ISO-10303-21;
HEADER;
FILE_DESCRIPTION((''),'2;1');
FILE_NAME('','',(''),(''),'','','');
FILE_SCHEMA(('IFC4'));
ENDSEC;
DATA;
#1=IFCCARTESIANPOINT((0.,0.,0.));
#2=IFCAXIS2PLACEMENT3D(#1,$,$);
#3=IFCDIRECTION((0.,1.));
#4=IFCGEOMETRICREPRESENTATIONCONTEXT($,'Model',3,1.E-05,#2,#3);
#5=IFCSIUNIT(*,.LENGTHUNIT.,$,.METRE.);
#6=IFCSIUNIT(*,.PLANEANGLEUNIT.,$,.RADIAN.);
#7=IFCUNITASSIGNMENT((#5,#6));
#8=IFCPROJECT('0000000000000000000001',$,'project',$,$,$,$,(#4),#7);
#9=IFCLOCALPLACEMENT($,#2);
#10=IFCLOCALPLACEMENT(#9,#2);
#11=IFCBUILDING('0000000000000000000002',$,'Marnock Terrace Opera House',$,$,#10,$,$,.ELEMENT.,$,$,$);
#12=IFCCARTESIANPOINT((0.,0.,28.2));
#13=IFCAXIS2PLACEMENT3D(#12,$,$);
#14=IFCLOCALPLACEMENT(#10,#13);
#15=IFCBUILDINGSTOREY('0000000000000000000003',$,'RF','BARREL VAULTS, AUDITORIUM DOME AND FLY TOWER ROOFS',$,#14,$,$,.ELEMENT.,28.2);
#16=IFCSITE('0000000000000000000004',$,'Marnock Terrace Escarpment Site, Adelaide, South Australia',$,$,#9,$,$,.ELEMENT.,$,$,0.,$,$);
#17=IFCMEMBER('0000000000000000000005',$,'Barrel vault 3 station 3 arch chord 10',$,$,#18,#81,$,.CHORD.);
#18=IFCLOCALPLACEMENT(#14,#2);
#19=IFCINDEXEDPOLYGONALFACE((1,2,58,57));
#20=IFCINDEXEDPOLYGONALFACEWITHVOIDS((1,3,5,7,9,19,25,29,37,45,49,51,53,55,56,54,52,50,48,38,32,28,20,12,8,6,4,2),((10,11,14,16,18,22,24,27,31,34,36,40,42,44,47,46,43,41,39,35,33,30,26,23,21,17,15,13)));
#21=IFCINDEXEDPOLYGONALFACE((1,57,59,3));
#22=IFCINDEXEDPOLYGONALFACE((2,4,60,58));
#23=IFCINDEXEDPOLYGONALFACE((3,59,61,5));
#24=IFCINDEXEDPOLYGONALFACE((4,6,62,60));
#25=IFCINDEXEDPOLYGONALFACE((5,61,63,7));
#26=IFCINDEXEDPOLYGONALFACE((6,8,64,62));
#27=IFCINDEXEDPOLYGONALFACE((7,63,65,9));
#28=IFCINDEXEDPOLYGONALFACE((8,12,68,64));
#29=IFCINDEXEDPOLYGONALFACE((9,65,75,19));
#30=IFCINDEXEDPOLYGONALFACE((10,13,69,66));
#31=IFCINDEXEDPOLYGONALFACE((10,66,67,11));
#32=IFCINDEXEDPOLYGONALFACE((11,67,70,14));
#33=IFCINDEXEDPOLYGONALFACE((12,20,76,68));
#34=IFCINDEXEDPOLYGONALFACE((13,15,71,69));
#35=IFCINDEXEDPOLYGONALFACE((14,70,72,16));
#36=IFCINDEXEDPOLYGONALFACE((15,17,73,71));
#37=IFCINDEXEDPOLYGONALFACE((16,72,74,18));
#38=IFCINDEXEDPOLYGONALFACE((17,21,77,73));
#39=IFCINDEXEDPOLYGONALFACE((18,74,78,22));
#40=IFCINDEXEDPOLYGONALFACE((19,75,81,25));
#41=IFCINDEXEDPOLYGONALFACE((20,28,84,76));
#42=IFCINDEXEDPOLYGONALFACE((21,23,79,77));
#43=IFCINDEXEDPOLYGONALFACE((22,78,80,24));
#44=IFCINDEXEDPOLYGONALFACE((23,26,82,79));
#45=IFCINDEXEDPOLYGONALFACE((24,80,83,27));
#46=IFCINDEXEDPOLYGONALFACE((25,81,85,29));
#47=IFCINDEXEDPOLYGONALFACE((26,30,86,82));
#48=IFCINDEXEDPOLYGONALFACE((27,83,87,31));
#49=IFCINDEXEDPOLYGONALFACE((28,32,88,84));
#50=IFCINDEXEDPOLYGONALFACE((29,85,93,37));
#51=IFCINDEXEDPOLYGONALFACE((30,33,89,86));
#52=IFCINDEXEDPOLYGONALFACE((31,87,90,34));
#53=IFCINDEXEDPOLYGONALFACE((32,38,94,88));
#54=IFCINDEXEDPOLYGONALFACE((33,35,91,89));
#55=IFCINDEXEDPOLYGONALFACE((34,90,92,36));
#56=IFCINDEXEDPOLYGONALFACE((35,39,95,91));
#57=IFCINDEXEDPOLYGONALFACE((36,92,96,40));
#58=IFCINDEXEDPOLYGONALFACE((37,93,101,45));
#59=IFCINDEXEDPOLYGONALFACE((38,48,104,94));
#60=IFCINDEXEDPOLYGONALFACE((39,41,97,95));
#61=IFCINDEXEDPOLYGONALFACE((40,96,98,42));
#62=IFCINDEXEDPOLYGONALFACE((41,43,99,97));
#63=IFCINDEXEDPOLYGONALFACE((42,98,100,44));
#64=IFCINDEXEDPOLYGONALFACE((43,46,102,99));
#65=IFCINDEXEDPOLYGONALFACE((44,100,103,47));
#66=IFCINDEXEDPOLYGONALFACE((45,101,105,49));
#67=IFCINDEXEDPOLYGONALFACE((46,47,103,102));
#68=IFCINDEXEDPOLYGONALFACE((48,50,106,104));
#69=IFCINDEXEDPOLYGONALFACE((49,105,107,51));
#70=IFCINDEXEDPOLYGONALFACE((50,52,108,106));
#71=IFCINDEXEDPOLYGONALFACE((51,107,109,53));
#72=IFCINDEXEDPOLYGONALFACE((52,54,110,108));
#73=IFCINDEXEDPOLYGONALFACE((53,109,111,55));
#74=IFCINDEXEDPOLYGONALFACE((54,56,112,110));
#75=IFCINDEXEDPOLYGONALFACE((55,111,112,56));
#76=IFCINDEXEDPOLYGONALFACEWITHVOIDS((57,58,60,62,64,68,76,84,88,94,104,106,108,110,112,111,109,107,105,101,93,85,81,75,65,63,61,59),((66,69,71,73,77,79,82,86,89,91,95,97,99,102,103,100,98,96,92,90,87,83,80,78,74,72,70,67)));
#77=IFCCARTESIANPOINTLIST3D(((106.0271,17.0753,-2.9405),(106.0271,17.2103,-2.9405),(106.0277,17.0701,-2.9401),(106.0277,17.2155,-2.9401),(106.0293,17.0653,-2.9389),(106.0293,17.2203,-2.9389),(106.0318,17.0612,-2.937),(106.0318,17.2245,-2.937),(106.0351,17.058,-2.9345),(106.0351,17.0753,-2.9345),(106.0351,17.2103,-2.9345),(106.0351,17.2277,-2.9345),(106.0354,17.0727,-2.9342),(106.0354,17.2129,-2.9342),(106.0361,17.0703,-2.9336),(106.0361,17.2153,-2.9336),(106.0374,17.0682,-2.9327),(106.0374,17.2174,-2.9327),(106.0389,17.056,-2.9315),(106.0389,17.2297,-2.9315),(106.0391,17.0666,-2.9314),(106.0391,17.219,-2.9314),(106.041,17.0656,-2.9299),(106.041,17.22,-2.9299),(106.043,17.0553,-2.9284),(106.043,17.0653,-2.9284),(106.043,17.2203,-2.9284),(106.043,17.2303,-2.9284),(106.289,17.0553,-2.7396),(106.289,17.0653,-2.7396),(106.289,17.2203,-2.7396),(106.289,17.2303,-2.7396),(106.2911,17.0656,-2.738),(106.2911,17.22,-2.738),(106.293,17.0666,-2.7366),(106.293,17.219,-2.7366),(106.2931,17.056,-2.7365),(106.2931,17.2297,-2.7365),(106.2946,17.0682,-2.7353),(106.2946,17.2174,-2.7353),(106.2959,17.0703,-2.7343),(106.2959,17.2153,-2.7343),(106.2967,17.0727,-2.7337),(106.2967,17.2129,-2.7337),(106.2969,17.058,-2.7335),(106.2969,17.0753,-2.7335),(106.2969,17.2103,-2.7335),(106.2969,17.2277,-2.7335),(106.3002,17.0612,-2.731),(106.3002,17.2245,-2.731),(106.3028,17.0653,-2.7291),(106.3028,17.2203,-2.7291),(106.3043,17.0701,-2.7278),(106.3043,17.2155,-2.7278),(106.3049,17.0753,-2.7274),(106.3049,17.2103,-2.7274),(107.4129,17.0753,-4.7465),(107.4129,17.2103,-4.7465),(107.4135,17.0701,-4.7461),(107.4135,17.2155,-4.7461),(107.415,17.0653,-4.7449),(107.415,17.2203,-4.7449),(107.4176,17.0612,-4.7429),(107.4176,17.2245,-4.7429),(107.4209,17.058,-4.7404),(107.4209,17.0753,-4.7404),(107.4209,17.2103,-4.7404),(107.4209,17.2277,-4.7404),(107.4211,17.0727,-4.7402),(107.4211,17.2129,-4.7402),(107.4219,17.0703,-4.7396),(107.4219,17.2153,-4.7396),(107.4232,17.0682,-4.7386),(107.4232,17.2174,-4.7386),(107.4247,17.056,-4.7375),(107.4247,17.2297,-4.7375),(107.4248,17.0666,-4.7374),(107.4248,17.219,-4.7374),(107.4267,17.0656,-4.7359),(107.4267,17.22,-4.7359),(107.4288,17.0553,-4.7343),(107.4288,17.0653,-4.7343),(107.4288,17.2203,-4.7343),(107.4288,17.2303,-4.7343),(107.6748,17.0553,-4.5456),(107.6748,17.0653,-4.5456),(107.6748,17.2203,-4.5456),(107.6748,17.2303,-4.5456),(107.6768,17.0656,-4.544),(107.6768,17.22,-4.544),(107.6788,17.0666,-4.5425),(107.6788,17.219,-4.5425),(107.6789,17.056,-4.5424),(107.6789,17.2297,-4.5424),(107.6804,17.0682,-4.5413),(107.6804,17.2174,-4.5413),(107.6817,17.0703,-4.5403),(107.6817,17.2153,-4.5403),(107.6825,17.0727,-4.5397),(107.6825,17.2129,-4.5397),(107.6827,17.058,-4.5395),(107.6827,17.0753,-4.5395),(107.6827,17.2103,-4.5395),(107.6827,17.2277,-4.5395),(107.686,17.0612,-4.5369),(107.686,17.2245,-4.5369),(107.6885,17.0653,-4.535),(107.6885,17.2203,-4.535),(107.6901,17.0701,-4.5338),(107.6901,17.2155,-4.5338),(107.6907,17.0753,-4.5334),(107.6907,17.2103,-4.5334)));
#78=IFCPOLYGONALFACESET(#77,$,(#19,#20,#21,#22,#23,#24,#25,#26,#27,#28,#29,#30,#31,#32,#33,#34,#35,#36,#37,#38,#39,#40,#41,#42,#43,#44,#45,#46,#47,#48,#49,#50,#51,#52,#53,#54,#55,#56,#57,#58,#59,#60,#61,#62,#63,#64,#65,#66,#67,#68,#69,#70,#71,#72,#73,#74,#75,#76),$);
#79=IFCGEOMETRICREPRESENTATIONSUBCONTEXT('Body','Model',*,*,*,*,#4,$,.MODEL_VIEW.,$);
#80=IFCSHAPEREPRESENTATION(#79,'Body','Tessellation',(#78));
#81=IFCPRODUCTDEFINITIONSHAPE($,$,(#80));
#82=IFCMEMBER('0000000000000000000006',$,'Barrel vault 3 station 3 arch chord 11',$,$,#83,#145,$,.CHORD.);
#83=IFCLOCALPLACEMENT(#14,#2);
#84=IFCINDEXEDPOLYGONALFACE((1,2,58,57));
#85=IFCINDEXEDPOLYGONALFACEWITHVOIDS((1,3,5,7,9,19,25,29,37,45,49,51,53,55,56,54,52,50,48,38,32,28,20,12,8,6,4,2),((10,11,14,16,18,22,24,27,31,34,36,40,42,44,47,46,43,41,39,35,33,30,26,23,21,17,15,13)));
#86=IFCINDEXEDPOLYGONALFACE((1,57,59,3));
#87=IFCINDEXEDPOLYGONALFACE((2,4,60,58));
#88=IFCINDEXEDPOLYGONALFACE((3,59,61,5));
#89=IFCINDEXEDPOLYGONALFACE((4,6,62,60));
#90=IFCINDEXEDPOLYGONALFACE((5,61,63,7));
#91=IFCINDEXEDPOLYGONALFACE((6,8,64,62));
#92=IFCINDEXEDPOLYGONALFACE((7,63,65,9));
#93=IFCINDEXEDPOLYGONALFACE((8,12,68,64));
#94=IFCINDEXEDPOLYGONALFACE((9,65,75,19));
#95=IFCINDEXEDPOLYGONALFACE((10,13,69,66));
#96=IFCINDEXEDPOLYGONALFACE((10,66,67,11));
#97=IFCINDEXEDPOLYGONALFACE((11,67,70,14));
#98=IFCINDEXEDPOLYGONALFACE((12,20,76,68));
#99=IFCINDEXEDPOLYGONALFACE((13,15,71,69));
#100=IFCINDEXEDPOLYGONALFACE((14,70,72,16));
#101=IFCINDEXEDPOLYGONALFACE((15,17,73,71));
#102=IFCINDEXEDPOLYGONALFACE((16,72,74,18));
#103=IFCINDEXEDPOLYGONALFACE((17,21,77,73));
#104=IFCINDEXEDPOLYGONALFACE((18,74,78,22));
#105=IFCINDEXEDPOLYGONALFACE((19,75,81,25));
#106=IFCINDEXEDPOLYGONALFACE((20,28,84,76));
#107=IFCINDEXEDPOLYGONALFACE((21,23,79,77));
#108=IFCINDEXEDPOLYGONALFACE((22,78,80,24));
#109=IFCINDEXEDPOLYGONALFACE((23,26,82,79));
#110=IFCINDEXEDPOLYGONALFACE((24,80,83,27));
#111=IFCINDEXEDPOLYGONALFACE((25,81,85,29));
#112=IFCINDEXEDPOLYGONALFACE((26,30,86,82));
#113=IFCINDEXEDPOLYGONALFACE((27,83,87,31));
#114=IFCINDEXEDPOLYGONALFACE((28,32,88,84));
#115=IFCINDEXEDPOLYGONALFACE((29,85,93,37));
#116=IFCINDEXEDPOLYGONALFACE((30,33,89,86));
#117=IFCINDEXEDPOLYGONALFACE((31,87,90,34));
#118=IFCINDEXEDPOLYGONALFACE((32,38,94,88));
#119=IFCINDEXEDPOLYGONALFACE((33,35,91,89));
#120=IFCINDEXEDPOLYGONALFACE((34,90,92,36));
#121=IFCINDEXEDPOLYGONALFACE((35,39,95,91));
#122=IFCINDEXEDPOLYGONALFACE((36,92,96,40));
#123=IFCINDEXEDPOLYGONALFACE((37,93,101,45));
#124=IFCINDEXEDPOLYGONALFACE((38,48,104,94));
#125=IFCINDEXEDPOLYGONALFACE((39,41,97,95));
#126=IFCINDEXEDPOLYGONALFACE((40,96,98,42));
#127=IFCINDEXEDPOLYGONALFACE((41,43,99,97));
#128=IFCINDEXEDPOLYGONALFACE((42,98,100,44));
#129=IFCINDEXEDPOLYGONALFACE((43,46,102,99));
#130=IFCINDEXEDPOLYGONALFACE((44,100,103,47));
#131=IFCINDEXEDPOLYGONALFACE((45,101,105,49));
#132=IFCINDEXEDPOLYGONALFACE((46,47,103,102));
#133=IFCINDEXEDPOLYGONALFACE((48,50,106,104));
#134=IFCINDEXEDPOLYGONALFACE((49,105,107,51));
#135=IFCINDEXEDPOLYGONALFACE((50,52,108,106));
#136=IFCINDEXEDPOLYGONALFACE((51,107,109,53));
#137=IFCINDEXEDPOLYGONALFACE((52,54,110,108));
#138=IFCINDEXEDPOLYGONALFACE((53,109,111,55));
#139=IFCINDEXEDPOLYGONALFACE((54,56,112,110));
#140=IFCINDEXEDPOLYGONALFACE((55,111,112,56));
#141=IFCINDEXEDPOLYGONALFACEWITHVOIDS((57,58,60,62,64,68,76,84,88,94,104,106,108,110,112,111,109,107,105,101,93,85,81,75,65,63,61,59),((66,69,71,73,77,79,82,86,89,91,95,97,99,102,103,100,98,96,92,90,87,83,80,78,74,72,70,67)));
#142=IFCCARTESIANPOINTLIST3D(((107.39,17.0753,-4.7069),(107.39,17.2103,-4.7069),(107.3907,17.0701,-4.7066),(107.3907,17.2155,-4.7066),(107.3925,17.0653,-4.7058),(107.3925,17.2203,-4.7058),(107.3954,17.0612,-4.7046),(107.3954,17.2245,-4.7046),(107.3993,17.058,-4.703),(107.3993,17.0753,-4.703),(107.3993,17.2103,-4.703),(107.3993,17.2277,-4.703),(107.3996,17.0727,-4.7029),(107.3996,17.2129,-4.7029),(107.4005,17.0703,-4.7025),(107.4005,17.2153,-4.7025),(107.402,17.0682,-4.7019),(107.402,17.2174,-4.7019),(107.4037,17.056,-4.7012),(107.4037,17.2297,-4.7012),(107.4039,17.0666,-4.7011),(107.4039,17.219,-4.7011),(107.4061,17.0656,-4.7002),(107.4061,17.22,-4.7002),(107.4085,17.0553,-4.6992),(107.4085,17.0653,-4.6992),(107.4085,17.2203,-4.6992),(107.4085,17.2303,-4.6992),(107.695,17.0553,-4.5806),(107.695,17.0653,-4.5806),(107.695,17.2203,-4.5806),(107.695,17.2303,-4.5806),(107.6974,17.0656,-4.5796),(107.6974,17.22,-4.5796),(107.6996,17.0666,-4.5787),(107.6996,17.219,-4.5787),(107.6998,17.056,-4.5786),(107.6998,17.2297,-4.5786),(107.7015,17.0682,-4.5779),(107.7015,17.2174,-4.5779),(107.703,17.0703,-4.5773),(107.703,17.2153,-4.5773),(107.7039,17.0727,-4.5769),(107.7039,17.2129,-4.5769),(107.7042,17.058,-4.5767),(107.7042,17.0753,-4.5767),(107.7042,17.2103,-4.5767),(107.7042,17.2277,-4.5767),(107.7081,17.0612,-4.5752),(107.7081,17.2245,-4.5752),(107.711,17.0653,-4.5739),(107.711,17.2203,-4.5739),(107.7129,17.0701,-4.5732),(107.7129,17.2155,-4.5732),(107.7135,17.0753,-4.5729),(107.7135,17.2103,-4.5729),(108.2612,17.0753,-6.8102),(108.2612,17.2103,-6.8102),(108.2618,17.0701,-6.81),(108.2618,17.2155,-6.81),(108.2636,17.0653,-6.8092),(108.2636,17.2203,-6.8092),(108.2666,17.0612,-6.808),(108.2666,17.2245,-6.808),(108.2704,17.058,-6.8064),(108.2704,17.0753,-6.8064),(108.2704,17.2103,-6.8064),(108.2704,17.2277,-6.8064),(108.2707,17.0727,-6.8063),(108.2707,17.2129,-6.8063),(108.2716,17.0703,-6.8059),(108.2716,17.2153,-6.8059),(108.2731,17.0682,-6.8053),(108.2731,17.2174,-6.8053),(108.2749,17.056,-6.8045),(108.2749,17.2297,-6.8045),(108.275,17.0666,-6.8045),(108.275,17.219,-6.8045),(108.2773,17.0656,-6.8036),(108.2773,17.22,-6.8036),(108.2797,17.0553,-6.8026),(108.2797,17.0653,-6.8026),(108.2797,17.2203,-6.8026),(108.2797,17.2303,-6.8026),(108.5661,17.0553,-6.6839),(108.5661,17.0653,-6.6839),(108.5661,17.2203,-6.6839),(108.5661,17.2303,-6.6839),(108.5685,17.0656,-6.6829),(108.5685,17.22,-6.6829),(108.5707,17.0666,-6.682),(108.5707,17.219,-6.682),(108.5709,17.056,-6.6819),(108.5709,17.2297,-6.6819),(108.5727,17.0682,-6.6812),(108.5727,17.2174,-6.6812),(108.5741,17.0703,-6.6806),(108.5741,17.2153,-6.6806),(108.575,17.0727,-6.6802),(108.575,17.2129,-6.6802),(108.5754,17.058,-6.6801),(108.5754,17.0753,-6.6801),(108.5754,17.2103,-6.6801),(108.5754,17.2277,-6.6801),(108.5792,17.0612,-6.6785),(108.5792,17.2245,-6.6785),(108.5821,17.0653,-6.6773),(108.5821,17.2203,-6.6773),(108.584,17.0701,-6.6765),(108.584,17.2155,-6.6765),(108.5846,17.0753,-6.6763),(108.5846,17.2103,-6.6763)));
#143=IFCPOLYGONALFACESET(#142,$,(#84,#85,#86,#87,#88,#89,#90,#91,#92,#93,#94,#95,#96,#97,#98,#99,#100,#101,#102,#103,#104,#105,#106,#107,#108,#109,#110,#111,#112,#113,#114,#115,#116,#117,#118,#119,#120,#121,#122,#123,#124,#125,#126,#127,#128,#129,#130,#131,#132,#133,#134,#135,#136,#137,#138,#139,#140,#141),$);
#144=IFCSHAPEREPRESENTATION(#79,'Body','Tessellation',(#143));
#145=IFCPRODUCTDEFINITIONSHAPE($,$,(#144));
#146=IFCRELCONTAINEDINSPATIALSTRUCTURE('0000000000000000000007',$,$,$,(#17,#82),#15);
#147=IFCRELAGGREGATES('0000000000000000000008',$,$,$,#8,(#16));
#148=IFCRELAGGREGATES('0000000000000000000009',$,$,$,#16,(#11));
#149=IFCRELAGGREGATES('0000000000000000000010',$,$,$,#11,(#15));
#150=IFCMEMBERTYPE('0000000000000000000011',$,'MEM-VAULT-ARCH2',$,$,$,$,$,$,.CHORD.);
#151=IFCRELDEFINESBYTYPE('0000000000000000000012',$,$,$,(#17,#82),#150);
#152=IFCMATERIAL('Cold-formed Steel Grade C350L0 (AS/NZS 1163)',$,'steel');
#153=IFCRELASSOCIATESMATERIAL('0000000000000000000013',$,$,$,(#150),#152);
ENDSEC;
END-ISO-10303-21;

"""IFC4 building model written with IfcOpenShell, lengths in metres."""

from ifc_helpers import new_model, si_unit, direction, frame, origin, origin_2d, place, context, subcontext, project, spatial, hollow_rectangle, extrude, material, material_profile, profile_set, type_object, element, save


model = new_model("IFC4")

# Units and contexts
model_context = context("Model", 3, precision=1e-05, world=origin(), true_north=direction((0.0, 1.0)))
body_context = subcontext(model_context, "Body", "Model", "MODEL_VIEW")
ifc_project = project(units=[si_unit("LENGTHUNIT", "METRE"), si_unit("PLANEANGLEUNIT", "RADIAN")], contexts=[model_context])

# Site, building, storey
site_placement = place(None, origin())
site = spatial("IfcSite", under=ifc_project, at=site_placement, Name="Marnock Terrace Escarpment Site, Adelaide, South Australia", CompositionType="ELEMENT", RefElevation=0.0)
building_placement = place(site_placement, origin())
building = spatial("IfcBuilding", under=site, at=building_placement, Name="Marnock Terrace Opera House", CompositionType="ELEMENT")
storey_placement = place(building_placement, frame((0.0, 0.0, 28.2)))
storey = spatial("IfcBuildingStorey", under=building, at=storey_placement, Name="RF", Description="BARREL VAULTS, AUDITORIUM DOME AND FLY TOWER ROOFS", CompositionType="ELEMENT", Elevation=28.2)

# Members
ifc_material_1 = material(Name="Cold-formed Steel Grade C350L0 (AS/NZS 1163)", Category="steel")
ifc_material_profile_1 = material_profile(ifc_material_1, hollow_rectangle(XDim=0.175, YDim=0.3501, WallThickness=0.01, InnerFilletRadius=0.01, OuterFilletRadius=0.02, at=origin_2d()))
ifc_profile_set_1 = profile_set([ifc_material_profile_1], Name="Cold-formed Steel Grade C350L0 (AS/NZS 1163)")
member_type_1 = type_object("IfcMemberType", Name="MEM-VAULT-ARCH2", PredefinedType="CHORD", material=ifc_profile_set_1)
for number, where, z_axis, x_axis, name in (
    (1, (106.166, 17.1428, -2.834), (0.608767, 0.0, -0.793349), (0.0, 1.0, 0.0), "Barrel vault 3 station 3 arch chord 10"),
):
    element("IfcMember", number, at=place(storey_placement, frame(where, z_axis=z_axis, x_axis=x_axis)), inside=storey, type_object=member_type_1, Name=name, PredefinedType="CHORD", context=body_context, shape_type="SweptSolid", body=[
        extrude(hollow_rectangle(XDim=0.175, YDim=0.3501, WallThickness=0.01, InnerFilletRadius=0.01, OuterFilletRadius=0.02, at=origin_2d()), origin(), (0.0, 0.0, 1.0), 2.2764),
    ])
member_1_placement = place(storey_placement, frame((107.5518, 17.1428, -4.6399), z_axis=(0.382642, 0.0, -0.923897), x_axis=(0.0, 1.0, 0.0)))
element("IfcMember", 2, at=member_1_placement, inside=storey, type_object=member_type_1, Name="Barrel vault 3 station 3 arch chord 11", PredefinedType="CHORD", context=body_context, shape_type="SweptSolid", body=[
    extrude(hollow_rectangle(XDim=0.175, YDim=0.3501, WallThickness=0.01, InnerFilletRadius=0.01, OuterFilletRadius=0.02, at=origin_2d()), origin(), (0.0, 0.0, 1.0), 2.2766),
])

save(model, "model.ifc")
